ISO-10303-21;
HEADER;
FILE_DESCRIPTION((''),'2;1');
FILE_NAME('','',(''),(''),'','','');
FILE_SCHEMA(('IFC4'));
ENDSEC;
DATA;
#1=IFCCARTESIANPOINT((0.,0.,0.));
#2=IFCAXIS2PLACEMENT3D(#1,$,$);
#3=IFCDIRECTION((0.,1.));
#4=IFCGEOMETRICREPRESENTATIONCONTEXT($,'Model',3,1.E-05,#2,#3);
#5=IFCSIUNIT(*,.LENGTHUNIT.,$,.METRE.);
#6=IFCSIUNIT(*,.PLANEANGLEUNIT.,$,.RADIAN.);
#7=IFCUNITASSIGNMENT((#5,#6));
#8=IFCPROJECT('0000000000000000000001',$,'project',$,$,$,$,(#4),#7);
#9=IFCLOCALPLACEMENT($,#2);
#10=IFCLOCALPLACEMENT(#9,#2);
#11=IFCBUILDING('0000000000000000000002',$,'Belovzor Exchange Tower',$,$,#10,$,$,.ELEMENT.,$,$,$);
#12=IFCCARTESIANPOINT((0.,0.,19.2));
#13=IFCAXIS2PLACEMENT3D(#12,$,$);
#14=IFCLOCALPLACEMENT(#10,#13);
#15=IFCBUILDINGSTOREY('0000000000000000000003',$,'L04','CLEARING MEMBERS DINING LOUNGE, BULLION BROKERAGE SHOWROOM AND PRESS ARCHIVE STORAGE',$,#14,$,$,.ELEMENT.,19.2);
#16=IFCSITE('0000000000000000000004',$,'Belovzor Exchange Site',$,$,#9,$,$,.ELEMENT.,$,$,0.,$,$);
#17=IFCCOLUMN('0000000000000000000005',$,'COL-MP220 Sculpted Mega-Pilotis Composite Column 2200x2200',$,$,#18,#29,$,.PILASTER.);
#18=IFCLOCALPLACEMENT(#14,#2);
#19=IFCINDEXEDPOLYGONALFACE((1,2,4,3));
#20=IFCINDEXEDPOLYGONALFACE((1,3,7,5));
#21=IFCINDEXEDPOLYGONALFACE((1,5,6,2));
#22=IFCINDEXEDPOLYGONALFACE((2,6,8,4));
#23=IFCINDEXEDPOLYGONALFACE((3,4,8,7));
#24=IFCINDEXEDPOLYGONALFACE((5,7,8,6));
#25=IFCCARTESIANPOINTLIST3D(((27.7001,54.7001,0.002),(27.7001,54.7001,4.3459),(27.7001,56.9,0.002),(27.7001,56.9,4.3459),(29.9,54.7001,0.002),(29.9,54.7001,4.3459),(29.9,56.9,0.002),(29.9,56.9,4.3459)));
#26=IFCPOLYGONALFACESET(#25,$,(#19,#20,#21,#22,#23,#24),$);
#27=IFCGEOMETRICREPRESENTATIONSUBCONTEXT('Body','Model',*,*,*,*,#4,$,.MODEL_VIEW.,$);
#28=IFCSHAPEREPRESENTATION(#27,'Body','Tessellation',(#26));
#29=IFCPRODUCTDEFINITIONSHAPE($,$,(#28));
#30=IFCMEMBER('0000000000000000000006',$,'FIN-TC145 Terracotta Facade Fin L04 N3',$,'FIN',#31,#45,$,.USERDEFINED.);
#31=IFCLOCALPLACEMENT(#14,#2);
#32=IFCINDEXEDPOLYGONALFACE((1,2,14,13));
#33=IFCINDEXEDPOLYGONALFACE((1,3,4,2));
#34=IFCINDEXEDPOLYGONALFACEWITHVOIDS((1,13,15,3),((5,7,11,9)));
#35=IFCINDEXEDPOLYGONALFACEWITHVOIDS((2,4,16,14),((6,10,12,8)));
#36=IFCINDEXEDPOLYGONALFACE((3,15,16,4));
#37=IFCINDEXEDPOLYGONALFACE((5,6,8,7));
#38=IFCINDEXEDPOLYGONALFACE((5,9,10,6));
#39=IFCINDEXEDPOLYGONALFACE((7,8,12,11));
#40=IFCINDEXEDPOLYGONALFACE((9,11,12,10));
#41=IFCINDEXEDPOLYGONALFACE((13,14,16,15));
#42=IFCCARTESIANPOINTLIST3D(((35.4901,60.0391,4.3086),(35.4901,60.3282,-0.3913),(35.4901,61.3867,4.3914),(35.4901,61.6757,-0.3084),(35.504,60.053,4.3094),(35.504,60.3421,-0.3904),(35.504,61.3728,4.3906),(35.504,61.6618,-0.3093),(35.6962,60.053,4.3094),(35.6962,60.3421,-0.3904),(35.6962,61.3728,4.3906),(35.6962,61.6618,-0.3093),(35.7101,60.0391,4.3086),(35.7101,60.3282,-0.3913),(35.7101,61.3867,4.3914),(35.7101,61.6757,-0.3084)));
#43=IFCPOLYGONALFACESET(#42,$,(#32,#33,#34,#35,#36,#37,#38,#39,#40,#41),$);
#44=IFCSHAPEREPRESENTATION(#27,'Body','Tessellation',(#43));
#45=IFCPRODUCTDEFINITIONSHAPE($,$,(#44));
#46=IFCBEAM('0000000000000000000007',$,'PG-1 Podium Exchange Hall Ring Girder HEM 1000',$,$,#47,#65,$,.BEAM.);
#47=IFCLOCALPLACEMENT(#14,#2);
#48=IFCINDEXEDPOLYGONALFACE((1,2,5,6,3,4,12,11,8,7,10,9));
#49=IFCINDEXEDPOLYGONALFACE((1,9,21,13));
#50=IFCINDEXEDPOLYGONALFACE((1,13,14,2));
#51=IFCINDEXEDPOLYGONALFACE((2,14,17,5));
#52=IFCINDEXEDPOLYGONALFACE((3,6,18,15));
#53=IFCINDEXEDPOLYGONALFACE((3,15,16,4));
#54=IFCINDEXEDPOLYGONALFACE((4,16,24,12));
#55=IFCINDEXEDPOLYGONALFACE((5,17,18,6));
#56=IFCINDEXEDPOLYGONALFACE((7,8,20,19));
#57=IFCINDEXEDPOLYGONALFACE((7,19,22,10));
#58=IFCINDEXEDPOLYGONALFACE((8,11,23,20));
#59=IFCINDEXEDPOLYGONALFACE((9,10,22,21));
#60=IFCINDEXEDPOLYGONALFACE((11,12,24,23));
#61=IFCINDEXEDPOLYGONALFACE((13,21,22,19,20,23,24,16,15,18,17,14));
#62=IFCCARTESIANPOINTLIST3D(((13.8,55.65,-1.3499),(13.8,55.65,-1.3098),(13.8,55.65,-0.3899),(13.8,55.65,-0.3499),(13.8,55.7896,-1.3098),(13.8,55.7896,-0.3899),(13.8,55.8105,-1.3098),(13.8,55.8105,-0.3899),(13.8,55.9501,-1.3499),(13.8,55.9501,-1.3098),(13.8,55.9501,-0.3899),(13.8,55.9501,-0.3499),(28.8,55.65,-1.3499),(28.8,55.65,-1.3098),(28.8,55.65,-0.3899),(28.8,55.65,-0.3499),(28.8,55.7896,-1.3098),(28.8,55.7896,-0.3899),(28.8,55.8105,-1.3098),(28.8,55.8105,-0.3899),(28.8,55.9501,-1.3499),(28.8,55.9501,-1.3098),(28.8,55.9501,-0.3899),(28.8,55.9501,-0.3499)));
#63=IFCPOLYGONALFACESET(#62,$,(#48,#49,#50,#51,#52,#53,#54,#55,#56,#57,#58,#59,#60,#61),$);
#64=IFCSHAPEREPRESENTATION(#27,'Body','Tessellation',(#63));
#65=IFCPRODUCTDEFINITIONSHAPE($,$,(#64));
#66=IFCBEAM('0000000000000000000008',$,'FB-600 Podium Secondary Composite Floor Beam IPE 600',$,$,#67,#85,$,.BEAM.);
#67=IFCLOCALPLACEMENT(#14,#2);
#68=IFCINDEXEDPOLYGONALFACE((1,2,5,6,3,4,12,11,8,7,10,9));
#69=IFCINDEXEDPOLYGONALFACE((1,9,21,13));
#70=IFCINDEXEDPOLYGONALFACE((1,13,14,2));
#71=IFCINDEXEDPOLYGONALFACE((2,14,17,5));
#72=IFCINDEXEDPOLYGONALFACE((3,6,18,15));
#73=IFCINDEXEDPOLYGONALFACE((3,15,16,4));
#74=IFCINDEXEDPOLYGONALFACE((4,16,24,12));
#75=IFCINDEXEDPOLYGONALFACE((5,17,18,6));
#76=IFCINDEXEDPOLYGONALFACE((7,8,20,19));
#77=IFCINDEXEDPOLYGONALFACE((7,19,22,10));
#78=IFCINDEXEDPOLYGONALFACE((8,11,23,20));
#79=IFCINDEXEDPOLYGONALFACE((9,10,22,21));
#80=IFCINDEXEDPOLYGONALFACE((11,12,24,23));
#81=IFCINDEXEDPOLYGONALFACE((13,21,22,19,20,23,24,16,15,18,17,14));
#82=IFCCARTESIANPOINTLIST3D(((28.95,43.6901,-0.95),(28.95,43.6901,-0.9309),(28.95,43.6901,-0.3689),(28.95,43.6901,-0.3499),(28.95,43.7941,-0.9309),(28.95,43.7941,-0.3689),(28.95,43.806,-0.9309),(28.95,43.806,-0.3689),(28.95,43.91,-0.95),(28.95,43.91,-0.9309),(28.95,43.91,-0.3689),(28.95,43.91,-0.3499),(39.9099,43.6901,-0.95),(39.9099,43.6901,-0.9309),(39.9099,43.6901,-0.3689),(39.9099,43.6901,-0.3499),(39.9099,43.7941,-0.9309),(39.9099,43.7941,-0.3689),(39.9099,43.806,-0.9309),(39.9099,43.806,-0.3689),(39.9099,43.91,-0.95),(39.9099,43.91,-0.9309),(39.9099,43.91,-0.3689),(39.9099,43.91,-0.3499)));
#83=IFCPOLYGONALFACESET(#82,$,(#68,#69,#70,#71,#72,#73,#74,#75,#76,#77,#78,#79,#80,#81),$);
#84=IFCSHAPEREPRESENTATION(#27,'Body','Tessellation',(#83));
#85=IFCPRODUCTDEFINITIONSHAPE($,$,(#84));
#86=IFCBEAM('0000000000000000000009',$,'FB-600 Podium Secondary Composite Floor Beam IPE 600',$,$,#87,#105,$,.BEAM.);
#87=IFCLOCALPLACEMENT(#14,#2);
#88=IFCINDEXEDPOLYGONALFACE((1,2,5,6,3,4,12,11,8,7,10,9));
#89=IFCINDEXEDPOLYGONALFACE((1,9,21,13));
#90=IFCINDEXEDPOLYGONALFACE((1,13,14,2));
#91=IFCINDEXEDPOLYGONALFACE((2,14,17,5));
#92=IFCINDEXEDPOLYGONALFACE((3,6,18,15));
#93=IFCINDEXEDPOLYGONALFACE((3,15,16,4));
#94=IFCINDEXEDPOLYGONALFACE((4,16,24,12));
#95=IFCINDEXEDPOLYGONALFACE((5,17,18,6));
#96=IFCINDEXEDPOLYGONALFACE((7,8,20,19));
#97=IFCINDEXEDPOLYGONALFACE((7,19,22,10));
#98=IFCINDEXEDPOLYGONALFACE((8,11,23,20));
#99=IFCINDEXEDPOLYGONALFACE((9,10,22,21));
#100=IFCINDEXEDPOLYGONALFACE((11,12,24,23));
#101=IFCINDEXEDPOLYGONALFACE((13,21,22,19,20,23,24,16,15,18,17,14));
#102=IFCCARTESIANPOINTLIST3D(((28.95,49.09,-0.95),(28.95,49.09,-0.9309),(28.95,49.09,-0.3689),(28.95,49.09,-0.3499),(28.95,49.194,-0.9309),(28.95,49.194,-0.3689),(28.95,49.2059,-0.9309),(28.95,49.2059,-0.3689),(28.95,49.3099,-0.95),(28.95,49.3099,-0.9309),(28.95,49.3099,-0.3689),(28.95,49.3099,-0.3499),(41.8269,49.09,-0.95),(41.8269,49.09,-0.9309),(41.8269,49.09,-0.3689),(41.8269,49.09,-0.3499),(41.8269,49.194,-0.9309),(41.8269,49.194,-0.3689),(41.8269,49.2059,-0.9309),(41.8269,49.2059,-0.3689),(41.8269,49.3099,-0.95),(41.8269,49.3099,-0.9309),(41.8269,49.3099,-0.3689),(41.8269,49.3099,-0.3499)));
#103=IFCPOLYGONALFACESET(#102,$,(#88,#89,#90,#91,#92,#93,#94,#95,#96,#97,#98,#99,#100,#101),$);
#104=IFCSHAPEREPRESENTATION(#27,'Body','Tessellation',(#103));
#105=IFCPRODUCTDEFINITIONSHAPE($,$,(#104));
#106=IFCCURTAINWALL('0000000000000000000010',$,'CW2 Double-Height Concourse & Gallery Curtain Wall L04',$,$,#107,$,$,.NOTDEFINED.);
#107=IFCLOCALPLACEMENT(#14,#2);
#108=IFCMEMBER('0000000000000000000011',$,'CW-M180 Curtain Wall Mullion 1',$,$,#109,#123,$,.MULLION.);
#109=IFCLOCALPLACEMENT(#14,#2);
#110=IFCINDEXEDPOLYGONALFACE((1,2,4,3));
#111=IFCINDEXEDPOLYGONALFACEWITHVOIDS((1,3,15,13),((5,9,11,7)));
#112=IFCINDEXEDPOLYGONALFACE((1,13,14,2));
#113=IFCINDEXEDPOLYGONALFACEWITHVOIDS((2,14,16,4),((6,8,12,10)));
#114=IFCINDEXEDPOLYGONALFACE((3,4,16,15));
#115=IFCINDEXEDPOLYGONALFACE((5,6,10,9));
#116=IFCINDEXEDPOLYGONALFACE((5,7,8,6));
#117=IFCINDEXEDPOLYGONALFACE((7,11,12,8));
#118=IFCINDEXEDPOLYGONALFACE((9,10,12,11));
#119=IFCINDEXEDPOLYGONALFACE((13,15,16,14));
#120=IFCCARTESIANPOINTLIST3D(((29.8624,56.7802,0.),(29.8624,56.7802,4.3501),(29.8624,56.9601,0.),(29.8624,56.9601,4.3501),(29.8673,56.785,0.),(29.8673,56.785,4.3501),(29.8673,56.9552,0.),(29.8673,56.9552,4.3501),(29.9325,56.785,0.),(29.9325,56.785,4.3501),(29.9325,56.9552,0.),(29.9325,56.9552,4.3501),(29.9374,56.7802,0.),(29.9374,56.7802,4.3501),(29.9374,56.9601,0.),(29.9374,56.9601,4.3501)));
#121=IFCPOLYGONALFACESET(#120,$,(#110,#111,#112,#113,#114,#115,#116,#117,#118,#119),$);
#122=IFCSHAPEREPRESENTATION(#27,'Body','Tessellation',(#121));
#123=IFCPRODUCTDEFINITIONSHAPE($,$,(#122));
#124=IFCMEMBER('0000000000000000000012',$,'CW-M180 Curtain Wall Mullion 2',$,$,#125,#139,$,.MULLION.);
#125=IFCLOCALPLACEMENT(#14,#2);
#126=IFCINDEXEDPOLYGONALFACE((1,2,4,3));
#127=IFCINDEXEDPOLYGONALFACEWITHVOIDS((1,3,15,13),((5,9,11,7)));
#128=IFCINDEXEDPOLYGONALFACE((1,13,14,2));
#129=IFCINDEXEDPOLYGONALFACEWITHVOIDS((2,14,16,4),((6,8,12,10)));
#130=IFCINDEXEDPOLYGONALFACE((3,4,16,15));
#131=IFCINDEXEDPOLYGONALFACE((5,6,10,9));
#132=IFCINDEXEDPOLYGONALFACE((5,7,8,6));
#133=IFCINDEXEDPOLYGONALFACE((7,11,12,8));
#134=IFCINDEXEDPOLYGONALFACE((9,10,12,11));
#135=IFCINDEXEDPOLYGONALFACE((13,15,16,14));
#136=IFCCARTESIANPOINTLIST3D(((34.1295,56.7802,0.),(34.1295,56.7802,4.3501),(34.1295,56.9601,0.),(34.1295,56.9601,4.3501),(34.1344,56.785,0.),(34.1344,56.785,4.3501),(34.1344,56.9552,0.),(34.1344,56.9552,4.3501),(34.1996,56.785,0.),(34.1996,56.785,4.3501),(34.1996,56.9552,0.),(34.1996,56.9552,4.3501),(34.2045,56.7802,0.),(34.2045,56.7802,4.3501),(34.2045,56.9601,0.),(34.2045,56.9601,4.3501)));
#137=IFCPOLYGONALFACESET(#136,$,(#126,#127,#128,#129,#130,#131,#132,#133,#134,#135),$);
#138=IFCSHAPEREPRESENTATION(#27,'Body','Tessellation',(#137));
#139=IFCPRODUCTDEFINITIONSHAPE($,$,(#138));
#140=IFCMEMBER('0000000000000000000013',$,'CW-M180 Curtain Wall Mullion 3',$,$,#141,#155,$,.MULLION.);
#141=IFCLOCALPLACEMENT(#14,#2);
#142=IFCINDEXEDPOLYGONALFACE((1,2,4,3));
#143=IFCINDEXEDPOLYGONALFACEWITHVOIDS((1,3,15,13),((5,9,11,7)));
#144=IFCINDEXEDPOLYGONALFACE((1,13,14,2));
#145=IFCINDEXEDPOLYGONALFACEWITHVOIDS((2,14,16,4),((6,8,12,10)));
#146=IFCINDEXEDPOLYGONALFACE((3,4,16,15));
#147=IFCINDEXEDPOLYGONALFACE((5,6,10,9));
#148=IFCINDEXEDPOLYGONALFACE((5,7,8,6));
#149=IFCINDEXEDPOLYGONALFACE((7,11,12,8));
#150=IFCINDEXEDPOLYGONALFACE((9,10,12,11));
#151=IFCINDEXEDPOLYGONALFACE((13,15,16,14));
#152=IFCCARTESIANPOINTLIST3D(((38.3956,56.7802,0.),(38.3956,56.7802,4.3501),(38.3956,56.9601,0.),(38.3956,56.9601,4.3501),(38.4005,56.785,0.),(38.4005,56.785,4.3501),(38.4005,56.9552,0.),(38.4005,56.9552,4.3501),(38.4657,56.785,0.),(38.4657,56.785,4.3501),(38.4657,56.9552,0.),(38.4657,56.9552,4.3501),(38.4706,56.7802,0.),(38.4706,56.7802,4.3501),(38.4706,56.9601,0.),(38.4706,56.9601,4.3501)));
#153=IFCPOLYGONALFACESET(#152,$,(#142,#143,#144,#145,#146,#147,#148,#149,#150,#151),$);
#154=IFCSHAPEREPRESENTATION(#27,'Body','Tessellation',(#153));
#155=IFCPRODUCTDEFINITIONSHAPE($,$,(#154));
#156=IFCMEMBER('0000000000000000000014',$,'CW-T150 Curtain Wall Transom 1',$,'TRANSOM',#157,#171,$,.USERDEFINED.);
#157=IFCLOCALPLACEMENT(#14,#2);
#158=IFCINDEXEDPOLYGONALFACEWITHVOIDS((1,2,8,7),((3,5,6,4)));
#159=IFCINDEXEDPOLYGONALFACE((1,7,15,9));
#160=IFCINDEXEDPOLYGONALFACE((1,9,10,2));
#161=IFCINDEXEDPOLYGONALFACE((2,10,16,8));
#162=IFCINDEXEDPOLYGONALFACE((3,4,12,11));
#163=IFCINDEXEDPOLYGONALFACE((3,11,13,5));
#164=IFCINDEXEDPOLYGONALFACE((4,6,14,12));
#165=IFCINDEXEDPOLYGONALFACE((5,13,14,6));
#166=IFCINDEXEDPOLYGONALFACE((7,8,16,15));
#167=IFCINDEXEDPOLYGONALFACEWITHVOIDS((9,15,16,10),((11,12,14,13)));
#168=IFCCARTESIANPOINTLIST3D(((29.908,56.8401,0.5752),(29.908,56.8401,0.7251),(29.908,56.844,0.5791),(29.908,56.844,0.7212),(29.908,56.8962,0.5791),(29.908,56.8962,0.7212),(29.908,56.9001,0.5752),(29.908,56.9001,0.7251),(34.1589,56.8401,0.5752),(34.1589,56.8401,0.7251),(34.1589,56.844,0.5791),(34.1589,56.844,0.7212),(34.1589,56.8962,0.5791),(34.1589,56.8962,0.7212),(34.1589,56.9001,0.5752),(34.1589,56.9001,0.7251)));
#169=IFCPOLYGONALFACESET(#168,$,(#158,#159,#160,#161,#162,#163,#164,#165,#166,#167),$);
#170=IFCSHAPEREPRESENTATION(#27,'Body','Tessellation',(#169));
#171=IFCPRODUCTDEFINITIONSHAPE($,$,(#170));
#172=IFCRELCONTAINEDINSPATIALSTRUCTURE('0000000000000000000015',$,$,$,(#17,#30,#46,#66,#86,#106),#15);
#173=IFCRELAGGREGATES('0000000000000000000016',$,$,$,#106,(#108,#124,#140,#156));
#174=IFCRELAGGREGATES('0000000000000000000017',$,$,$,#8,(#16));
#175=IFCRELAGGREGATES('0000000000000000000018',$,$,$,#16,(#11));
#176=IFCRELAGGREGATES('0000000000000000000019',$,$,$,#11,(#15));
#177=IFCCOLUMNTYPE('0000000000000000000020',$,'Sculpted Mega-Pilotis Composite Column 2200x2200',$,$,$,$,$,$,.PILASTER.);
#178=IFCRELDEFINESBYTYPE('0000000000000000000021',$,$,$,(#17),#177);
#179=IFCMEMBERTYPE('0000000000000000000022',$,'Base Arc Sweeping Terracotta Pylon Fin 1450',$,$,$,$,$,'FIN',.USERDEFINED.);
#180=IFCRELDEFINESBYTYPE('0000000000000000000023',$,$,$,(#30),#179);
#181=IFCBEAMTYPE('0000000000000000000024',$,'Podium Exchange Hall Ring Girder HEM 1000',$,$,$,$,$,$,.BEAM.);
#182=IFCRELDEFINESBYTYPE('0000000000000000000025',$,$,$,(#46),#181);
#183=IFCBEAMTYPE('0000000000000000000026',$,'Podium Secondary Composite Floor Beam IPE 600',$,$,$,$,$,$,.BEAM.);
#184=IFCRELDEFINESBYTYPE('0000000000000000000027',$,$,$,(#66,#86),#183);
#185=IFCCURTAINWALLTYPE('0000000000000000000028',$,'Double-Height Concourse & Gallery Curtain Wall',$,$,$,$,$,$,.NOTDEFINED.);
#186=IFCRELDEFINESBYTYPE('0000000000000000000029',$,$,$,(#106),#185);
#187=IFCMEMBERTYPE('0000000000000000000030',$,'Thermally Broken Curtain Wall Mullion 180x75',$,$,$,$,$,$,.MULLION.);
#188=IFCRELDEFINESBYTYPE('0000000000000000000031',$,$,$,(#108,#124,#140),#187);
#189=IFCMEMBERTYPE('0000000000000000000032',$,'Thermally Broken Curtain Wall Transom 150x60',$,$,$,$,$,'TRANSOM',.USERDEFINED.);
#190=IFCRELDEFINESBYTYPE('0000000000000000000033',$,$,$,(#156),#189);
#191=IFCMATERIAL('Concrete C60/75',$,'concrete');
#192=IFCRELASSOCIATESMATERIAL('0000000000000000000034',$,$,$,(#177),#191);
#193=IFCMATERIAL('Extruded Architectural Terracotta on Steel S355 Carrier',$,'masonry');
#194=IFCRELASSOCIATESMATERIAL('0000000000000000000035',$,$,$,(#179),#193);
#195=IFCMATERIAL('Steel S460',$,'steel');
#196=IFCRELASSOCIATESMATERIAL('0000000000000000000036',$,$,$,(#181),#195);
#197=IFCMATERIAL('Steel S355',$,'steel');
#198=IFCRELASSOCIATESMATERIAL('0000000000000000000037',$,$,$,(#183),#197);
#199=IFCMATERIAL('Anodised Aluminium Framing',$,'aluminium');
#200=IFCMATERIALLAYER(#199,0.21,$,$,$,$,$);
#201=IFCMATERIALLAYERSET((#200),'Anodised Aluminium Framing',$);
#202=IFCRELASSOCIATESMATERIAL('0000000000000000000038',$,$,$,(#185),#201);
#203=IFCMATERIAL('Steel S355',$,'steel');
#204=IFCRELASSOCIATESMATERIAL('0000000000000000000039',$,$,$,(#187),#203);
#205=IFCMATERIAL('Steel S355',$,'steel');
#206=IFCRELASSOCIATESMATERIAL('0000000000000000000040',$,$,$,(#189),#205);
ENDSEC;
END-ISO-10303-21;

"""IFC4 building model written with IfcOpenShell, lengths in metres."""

from ifc_helpers import new_model, si_unit, direction, frame, origin, origin_2d, place, context, subcontext, project, spatial, rectangle, hollow_rectangle, i_section, extrude, material, layer, layer_set, material_profile, profile_set, type_object, element, aggregate, save


model = new_model("IFC4")

# Units and contexts
model_context = context("Model", 3, precision=1e-05, world=origin(), true_north=direction((0.0, 1.0)))
body_context = subcontext(model_context, "Body", "Model", "MODEL_VIEW")
ifc_project = project(units=[si_unit("LENGTHUNIT", "METRE"), si_unit("PLANEANGLEUNIT", "RADIAN")], contexts=[model_context])

# Site, building, storey
site_placement = place(None, origin())
site = spatial("IfcSite", under=ifc_project, at=site_placement, Name="Belovzor Exchange Site", CompositionType="ELEMENT", RefElevation=0.0)
building_placement = place(site_placement, origin())
building = spatial("IfcBuilding", under=site, at=building_placement, Name="Belovzor Exchange Tower", CompositionType="ELEMENT")
storey_placement = place(building_placement, frame((0.0, 0.0, 19.2)))
storey = spatial("IfcBuildingStorey", under=building, at=storey_placement, Name="L04", Description="CLEARING MEMBERS DINING LOUNGE, BULLION BROKERAGE SHOWROOM AND PRESS ARCHIVE STORAGE", CompositionType="ELEMENT", Elevation=19.2)

# Column
ifc_material_1 = material(Name="Concrete C60/75", Category="concrete")
ifc_material_profile_1 = material_profile(ifc_material_1, rectangle(XDim=2.2, YDim=2.2, at=origin_2d()))
ifc_profile_set_1 = profile_set([ifc_material_profile_1], Name="Concrete C60/75")
column_type = type_object("IfcColumnType", Name="Sculpted Mega-Pilotis Composite Column 2200x2200", PredefinedType="PILASTER", material=ifc_profile_set_1)
column_placement = place(storey_placement, frame((28.8, 55.8, 0.002), z_axis=(0.0, 0.0, 1.0), x_axis=(1.0, 0.0, 0.0)))
element("IfcColumn", 1, at=column_placement, inside=storey, type_object=column_type, Name="COL-MP220 Sculpted Mega-Pilotis Composite Column 2200x2200", PredefinedType="PILASTER", context=body_context, shape_type="SweptSolid", body=[
    extrude(rectangle(XDim=2.2, YDim=2.2, at=origin_2d()), origin(), (0.0, 0.0, 1.0), 4.344),
])

# Member
ifc_material_2 = material(Name="Extruded Architectural Terracotta on Steel S355 Carrier", Category="masonry")
ifc_material_profile_2 = material_profile(ifc_material_2, hollow_rectangle(XDim=0.22, YDim=1.3501, WallThickness=0.0139, at=origin_2d()))
ifc_profile_set_2 = profile_set([ifc_material_profile_2], Name="Extruded Architectural Terracotta on Steel S355 Carrier")
member_type_1 = type_object("IfcMemberType", Name="Base Arc Sweeping Terracotta Pylon Fin 1450", ElementType="FIN", PredefinedType="USERDEFINED", material=ifc_profile_set_2)
member_1_placement = place(storey_placement, frame((35.6001, 61.002, -0.3499), z_axis=(0.0, -0.061387, 0.998114), x_axis=(1.0, 0.0, 0.0)))
element("IfcMember", 2, at=member_1_placement, inside=storey, type_object=member_type_1, Name="FIN-TC145 Terracotta Facade Fin L04 N3", ObjectType="FIN", PredefinedType="USERDEFINED", context=body_context, shape_type="SweptSolid", body=[
    extrude(hollow_rectangle(XDim=0.22, YDim=1.3501, WallThickness=0.0139, at=origin_2d()), origin(), (0.0, 0.0, 1.0), 4.7087),
])

# Beams
ifc_material_3 = material(Name="Steel S460", Category="steel")
ifc_material_profile_3 = material_profile(ifc_material_3, i_section(OverallWidth=0.3, OverallDepth=1.0, WebThickness=0.021, FlangeThickness=0.04, at=origin_2d()))
ifc_profile_set_3 = profile_set([ifc_material_profile_3], Name="Steel S460")
beam_type_1 = type_object("IfcBeamType", Name="Podium Exchange Hall Ring Girder HEM 1000", PredefinedType="BEAM", material=ifc_profile_set_3)
beam_1_placement = place(storey_placement, frame((28.8, 55.8, -0.8499), z_axis=(-1.0, 0.0, 0.0), x_axis=(0.0, -1.0, 0.0)))
element("IfcBeam", 3, at=beam_1_placement, inside=storey, type_object=beam_type_1, Name="PG-1 Podium Exchange Hall Ring Girder HEM 1000", PredefinedType="BEAM", context=body_context, shape_type="SweptSolid", body=[
    extrude(i_section(OverallWidth=0.3, OverallDepth=1.0, WebThickness=0.021, FlangeThickness=0.04, at=origin_2d()), origin(), (0.0, 0.0, 1.0), 15.0),
])
ifc_material_4 = material(Name="Steel S355", Category="steel")
ifc_material_profile_4 = material_profile(ifc_material_4, i_section(OverallWidth=0.22, OverallDepth=0.6001, WebThickness=0.012, FlangeThickness=0.019, at=origin_2d()))
ifc_profile_set_4 = profile_set([ifc_material_profile_4], Name="Steel S355")
beam_type_2 = type_object("IfcBeamType", Name="Podium Secondary Composite Floor Beam IPE 600", PredefinedType="BEAM", material=ifc_profile_set_4)
beam_2_placement = place(storey_placement, frame((28.95, 43.8, -0.6499), z_axis=(1.0, 0.0, 0.0), x_axis=(0.0, 1.0, 0.0)))
element("IfcBeam", 4, at=beam_2_placement, inside=storey, type_object=beam_type_2, Name="FB-600 Podium Secondary Composite Floor Beam IPE 600", PredefinedType="BEAM", context=body_context, shape_type="SweptSolid", body=[
    extrude(i_section(OverallWidth=0.22, OverallDepth=0.6001, WebThickness=0.012, FlangeThickness=0.019, at=origin_2d()), origin(), (0.0, 0.0, 1.0), 10.96),
])
beam_3_placement = place(storey_placement, frame((28.95, 49.2, -0.6499), z_axis=(1.0, 0.0, 0.0), x_axis=(0.0, 1.0, 0.0)))
element("IfcBeam", 5, at=beam_3_placement, inside=storey, type_object=beam_type_2, Name="FB-600 Podium Secondary Composite Floor Beam IPE 600", PredefinedType="BEAM", context=body_context, shape_type="SweptSolid", body=[
    extrude(i_section(OverallWidth=0.22, OverallDepth=0.6001, WebThickness=0.012, FlangeThickness=0.019, at=origin_2d()), origin(), (0.0, 0.0, 1.0), 12.877),
])

# Curtain wall, members
ifc_material_5 = material(Name="Anodised Aluminium Framing", Category="aluminium")
ifc_layer_1 = layer(ifc_material_5, 0.21)
ifc_layer_set_1 = layer_set([ifc_layer_1], Name="Anodised Aluminium Framing")
curtain_wall_type = type_object("IfcCurtainWallType", Name="Double-Height Concourse & Gallery Curtain Wall", PredefinedType="NOTDEFINED", material=ifc_layer_set_1)
curtain_wall_placement = place(storey_placement, origin())
curtain_wall = element("IfcCurtainWall", 6, at=curtain_wall_placement, inside=storey, type_object=curtain_wall_type, Name="CW2 Double-Height Concourse & Gallery Curtain Wall L04", PredefinedType="NOTDEFINED")
ifc_material_6 = material(Name="Steel S355", Category="steel")
ifc_material_profile_5 = material_profile(ifc_material_6, hollow_rectangle(XDim=0.075, YDim=0.1799, WallThickness=0.0049, at=origin_2d()))
ifc_profile_set_5 = profile_set([ifc_material_profile_5], Name="Steel S355")
member_type_2 = type_object("IfcMemberType", Name="Thermally Broken Curtain Wall Mullion 180x75", PredefinedType="MULLION", material=ifc_profile_set_5)
member_2_placement = place(storey_placement, frame((29.8999, 56.8701, 0.0), z_axis=(0.0, 0.0, 1.0), x_axis=(1.0, 0.0, 0.0)))
member_2 = element("IfcMember", 7, at=member_2_placement, type_object=member_type_2, Name="CW-M180 Curtain Wall Mullion 1", PredefinedType="MULLION", context=body_context, shape_type="SweptSolid", body=[
    extrude(hollow_rectangle(XDim=0.075, YDim=0.1799, WallThickness=0.0049, at=origin_2d()), origin(), (0.0, 0.0, 1.0), 4.3501),
])
member_3_placement = place(storey_placement, frame((34.167, 56.8701, 0.0), z_axis=(0.0, 0.0, 1.0), x_axis=(1.0, 0.0, 0.0)))
member_3 = element("IfcMember", 8, at=member_3_placement, type_object=member_type_2, Name="CW-M180 Curtain Wall Mullion 2", PredefinedType="MULLION", context=body_context, shape_type="SweptSolid", body=[
    extrude(hollow_rectangle(XDim=0.075, YDim=0.1799, WallThickness=0.0049, at=origin_2d()), origin(), (0.0, 0.0, 1.0), 4.3501),
])
member_4_placement = place(storey_placement, frame((38.4331, 56.8701, 0.0), z_axis=(0.0, 0.0, 1.0), x_axis=(1.0, 0.0, 0.0)))
member_4 = element("IfcMember", 9, at=member_4_placement, type_object=member_type_2, Name="CW-M180 Curtain Wall Mullion 3", PredefinedType="MULLION", context=body_context, shape_type="SweptSolid", body=[
    extrude(hollow_rectangle(XDim=0.075, YDim=0.1799, WallThickness=0.0049, at=origin_2d()), origin(), (0.0, 0.0, 1.0), 4.3501),
])
ifc_material_7 = material(Name="Steel S355", Category="steel")
ifc_material_profile_6 = material_profile(ifc_material_7, hollow_rectangle(XDim=0.0601, YDim=0.1499, WallThickness=0.0039, at=origin_2d()))
ifc_profile_set_6 = profile_set([ifc_material_profile_6], Name="Steel S355")
member_type_3 = type_object("IfcMemberType", Name="Thermally Broken Curtain Wall Transom 150x60", ElementType="TRANSOM", PredefinedType="USERDEFINED", material=ifc_profile_set_6)
member_5_placement = place(storey_placement, frame((29.908, 56.8701, 0.6501), z_axis=(1.0, 0.0, 0.0), x_axis=(0.0, 1.0, 0.0)))
member_5 = element("IfcMember", 10, at=member_5_placement, type_object=member_type_3, Name="CW-T150 Curtain Wall Transom 1", ObjectType="TRANSOM", PredefinedType="USERDEFINED", context=body_context, shape_type="SweptSolid", body=[
    extrude(hollow_rectangle(XDim=0.0601, YDim=0.1499, WallThickness=0.0039, at=origin_2d()), origin(), (0.0, 0.0, 1.0), 4.251),
])

aggregate(curtain_wall, [member_2, member_3, member_4, member_5])

save(model, "model.ifc")
